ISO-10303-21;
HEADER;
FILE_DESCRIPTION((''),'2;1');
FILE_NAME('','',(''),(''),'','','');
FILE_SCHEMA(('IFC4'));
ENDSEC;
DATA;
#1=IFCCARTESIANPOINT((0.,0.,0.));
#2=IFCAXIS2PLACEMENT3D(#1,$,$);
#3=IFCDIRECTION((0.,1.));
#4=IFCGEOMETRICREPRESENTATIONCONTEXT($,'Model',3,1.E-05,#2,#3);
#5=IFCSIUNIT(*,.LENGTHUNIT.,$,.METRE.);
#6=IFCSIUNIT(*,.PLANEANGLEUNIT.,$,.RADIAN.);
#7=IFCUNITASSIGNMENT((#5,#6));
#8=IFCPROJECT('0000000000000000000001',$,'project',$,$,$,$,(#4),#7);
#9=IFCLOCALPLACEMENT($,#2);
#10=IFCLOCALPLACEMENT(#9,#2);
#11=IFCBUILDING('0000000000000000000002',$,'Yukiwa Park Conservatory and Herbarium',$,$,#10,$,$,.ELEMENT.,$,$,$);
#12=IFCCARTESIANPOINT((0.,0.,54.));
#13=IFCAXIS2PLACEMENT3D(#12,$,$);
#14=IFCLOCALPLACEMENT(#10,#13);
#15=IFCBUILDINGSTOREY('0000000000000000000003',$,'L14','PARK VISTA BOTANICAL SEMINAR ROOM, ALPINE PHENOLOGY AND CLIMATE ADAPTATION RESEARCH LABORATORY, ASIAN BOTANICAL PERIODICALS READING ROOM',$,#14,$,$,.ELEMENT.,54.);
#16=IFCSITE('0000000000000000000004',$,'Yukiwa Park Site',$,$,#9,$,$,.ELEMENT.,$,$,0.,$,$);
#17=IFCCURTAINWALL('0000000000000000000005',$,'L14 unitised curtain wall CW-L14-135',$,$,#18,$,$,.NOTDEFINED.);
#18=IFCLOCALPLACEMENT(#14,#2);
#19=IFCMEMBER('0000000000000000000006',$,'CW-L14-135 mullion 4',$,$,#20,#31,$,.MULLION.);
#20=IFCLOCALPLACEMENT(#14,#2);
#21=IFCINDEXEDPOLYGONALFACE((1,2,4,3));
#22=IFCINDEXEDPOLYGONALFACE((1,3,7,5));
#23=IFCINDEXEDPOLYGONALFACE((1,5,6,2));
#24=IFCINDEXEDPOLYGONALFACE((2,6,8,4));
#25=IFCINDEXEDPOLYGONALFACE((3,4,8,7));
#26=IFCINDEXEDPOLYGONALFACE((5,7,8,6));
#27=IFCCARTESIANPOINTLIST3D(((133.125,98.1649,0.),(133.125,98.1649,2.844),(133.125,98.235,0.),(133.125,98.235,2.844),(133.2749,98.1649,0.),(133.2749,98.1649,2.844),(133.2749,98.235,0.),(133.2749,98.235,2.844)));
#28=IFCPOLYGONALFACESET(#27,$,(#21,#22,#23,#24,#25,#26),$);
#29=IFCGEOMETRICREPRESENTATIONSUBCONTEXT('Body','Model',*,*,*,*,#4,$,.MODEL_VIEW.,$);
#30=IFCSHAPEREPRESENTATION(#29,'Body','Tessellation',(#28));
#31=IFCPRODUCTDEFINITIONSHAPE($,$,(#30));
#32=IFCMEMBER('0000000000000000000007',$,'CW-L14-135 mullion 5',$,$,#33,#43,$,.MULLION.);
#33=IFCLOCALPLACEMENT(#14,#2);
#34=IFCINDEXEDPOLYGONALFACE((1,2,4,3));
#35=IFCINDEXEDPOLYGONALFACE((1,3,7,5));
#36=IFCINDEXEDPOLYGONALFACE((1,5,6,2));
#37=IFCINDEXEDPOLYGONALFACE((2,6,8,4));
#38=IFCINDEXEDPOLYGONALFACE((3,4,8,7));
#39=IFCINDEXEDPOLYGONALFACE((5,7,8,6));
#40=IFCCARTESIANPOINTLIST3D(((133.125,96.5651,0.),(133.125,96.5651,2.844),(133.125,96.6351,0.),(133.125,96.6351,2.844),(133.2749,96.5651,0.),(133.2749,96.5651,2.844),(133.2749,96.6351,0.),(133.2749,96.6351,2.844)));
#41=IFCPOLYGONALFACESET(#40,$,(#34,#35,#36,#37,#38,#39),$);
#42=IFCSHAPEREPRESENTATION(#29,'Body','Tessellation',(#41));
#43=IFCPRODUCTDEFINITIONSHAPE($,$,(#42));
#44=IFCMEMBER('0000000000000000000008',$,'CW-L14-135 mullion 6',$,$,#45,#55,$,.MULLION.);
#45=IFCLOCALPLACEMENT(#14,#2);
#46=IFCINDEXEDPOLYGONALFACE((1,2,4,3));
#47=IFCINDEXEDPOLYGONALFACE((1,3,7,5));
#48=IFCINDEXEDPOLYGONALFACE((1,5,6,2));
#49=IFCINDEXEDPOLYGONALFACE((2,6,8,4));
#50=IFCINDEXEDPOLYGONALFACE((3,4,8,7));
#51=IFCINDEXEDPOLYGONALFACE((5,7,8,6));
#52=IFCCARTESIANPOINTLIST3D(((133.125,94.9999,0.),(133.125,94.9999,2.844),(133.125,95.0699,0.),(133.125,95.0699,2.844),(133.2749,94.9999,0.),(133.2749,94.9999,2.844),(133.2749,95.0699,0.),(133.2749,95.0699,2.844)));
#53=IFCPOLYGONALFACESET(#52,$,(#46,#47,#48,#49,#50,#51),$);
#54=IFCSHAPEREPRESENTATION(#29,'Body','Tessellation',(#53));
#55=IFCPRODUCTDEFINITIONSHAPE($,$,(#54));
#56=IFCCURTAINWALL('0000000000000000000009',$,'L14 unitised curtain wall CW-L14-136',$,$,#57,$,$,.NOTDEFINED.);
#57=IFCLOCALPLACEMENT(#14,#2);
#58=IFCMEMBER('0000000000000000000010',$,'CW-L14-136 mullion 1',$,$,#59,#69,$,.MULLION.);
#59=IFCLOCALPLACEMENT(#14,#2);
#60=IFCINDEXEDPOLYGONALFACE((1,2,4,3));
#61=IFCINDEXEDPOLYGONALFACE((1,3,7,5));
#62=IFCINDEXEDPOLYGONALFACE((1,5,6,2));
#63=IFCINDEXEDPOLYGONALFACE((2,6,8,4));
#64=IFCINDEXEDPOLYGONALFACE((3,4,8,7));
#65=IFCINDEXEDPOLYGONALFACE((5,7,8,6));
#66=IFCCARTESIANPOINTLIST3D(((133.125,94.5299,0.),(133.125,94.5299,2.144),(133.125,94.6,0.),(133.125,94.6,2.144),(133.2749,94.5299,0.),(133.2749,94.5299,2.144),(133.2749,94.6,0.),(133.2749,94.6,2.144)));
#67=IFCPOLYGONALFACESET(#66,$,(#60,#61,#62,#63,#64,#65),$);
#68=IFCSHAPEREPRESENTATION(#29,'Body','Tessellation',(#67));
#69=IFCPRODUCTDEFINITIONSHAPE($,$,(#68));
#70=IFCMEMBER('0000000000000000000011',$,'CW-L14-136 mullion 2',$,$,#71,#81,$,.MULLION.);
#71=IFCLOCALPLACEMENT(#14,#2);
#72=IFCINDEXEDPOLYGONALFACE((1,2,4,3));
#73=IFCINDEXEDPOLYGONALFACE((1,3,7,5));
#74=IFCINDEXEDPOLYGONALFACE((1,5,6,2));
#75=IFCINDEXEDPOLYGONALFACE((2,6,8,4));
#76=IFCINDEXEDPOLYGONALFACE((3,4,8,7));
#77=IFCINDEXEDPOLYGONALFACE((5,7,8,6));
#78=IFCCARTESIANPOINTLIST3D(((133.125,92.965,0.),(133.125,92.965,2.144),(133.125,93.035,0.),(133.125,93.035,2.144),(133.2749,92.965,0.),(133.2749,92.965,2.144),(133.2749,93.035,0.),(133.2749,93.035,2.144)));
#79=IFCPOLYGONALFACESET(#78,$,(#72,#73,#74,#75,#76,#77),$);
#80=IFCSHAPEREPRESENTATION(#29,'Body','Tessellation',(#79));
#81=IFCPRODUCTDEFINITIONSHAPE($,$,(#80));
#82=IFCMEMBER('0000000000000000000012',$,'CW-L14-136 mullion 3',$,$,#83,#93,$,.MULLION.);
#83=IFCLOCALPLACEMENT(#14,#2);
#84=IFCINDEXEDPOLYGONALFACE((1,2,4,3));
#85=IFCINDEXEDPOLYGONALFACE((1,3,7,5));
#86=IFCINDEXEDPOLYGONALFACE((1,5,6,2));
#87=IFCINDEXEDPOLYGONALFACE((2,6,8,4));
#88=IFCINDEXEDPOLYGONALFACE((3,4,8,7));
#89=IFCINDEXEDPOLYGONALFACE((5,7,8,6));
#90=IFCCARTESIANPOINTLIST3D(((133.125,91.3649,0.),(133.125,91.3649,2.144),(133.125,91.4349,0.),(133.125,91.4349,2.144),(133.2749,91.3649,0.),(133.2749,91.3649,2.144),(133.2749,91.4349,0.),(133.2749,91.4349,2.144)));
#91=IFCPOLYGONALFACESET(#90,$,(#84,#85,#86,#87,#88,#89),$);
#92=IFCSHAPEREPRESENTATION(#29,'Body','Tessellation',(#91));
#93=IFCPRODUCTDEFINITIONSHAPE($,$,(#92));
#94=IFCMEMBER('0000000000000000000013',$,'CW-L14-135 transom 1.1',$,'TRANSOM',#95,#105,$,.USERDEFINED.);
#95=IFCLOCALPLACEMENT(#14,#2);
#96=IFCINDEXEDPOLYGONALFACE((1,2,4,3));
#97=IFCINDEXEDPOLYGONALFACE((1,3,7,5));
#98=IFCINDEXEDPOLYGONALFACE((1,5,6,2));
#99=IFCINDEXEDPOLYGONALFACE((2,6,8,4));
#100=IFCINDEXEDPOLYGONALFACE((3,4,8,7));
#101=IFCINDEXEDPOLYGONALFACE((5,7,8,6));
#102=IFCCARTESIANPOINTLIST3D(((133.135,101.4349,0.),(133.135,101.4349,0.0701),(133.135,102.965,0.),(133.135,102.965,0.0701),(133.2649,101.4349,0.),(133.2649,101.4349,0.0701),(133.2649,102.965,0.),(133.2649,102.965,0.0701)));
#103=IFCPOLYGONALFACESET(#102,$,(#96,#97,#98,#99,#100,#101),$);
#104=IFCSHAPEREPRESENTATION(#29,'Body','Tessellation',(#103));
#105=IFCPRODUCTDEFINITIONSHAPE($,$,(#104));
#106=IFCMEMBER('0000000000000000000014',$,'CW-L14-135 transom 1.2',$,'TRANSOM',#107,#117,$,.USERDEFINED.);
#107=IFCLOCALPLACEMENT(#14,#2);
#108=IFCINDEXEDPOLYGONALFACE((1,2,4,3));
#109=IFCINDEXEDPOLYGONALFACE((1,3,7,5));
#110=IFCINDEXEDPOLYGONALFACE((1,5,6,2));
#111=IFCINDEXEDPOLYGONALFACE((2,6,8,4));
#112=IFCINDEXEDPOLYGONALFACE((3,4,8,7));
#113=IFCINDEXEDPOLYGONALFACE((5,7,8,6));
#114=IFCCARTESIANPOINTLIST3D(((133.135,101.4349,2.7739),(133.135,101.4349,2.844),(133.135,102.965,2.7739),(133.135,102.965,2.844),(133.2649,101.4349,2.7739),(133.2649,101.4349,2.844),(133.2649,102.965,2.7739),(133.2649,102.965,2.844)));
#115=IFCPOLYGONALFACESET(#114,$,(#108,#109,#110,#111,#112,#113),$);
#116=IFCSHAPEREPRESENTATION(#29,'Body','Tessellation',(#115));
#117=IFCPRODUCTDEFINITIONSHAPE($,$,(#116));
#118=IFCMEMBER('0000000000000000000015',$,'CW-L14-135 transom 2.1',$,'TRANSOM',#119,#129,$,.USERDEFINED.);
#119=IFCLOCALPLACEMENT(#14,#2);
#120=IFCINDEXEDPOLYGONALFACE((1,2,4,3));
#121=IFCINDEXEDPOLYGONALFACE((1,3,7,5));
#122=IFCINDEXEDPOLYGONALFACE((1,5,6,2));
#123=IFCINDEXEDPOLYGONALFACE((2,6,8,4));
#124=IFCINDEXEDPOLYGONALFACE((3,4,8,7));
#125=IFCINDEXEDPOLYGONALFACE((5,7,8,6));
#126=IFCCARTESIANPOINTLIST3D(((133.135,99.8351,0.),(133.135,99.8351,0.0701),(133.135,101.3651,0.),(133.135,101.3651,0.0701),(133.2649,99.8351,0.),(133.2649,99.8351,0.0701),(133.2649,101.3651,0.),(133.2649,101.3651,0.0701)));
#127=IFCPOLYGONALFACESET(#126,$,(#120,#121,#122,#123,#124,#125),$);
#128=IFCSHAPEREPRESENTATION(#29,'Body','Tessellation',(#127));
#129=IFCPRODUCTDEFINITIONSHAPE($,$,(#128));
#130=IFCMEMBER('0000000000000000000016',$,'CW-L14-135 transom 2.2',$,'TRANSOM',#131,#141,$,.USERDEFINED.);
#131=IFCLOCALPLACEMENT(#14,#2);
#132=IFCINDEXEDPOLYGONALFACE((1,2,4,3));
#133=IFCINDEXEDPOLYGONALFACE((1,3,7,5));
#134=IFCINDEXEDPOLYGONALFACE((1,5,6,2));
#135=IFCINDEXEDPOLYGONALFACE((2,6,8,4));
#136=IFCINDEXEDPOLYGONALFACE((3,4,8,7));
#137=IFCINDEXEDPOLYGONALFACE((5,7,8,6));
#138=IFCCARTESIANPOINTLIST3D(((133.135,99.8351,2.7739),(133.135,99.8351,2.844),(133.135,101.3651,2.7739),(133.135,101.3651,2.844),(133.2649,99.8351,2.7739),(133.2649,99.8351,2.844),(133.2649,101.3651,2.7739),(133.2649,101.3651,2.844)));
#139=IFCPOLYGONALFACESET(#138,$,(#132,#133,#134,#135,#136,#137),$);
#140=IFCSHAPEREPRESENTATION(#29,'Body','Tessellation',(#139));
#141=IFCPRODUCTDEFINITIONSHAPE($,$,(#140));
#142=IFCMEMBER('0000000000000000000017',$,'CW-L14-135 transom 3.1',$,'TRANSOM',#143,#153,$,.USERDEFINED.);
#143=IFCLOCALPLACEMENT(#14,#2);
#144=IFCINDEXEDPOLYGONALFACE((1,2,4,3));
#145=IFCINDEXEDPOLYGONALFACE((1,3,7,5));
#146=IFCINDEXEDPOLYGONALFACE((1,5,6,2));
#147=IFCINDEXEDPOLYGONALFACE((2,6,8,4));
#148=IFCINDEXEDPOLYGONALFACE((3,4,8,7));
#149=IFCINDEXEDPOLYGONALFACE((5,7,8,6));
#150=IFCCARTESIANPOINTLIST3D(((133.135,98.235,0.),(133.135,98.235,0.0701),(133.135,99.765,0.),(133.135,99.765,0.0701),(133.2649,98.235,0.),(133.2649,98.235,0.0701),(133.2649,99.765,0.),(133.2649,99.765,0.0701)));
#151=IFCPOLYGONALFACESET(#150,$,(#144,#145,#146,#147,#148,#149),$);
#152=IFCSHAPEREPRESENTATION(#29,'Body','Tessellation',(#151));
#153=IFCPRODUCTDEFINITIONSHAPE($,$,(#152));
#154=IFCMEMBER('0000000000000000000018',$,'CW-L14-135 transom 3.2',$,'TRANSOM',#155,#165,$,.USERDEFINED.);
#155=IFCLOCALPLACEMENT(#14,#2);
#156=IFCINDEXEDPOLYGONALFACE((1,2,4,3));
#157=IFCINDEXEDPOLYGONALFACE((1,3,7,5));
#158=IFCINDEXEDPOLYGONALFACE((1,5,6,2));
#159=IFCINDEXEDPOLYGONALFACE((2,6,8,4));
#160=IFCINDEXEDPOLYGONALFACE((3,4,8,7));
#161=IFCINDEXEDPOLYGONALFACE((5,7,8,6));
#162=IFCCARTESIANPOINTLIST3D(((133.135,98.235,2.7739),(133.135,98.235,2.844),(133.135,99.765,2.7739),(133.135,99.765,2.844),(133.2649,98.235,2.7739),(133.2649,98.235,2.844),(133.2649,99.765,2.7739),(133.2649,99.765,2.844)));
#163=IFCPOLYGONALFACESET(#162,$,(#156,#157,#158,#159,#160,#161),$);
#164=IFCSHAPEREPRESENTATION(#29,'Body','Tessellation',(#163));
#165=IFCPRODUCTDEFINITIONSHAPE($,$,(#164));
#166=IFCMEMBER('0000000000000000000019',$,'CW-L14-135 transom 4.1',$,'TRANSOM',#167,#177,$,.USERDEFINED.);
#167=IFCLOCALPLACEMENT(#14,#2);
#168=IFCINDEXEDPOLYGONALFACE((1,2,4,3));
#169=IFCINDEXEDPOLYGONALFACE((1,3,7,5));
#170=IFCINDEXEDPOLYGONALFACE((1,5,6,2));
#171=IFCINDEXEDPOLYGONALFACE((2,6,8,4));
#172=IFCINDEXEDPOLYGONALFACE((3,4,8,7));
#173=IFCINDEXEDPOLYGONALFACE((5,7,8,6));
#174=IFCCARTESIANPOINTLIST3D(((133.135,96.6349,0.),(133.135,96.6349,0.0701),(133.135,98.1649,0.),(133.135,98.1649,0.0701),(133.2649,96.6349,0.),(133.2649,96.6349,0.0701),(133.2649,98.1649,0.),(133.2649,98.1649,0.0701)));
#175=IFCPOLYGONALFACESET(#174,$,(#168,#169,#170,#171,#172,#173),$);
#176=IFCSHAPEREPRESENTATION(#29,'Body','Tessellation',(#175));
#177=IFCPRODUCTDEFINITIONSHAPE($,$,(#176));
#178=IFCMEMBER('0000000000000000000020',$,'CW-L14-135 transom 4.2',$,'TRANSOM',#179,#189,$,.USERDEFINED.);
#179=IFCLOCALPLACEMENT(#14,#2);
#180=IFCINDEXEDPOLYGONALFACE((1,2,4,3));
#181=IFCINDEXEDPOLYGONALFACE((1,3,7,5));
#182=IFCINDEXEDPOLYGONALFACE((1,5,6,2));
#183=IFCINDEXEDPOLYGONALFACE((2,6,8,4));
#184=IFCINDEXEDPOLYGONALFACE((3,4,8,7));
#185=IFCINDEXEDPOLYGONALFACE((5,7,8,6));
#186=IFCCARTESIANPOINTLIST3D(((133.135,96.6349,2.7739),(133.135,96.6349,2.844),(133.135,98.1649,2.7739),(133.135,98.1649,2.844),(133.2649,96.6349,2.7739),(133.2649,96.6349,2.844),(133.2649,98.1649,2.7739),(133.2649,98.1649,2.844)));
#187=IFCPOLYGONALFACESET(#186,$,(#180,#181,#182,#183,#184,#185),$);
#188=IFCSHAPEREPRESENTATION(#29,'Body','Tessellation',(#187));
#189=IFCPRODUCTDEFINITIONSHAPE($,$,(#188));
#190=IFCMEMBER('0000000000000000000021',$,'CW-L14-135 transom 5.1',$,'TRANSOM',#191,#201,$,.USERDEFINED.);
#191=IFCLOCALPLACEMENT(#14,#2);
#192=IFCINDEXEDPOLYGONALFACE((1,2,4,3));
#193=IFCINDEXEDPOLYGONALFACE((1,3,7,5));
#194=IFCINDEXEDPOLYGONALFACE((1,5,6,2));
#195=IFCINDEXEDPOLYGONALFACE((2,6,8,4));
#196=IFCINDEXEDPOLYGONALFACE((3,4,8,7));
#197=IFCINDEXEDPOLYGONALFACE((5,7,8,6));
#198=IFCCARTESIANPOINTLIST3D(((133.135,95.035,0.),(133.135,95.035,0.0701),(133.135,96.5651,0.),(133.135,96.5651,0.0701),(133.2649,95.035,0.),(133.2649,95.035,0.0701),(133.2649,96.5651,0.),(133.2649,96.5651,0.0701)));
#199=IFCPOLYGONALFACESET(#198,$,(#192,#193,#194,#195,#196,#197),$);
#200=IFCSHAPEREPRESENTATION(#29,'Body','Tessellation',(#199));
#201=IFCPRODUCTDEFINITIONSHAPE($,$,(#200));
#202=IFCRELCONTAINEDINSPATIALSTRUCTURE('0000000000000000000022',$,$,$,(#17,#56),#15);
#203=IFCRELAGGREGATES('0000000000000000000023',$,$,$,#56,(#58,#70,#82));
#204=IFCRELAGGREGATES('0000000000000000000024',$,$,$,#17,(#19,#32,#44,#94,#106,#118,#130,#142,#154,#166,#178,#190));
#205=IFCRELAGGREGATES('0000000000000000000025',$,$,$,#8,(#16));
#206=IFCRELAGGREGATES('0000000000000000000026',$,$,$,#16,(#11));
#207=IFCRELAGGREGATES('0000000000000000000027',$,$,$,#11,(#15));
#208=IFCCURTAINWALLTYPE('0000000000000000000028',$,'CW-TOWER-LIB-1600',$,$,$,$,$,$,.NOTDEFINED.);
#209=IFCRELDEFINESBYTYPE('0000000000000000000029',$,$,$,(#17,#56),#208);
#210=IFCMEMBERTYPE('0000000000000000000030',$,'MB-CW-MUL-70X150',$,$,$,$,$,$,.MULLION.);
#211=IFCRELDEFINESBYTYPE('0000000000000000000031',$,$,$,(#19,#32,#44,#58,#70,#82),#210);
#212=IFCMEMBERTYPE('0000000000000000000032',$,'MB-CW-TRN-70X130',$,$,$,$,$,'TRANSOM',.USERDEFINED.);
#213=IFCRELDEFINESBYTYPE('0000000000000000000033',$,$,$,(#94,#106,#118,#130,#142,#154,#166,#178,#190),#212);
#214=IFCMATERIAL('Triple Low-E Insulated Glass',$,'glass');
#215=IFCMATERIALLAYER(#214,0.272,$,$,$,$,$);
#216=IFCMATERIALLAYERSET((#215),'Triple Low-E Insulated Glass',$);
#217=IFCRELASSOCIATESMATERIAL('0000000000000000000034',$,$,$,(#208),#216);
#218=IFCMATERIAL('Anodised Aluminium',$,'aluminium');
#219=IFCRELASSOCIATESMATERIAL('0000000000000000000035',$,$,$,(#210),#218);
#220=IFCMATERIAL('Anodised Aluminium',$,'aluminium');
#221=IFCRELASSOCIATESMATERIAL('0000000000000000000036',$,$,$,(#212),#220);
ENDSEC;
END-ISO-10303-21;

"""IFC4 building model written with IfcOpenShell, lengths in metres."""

from ifc_helpers import new_model, si_unit, direction, frame, origin, origin_2d, place, context, subcontext, project, spatial, rectangle, extrude, material, layer, layer_set, type_object, element, aggregate, save


model = new_model("IFC4")

# Units and contexts
model_context = context("Model", 3, precision=1e-05, world=origin(), true_north=direction((0.0, 1.0)))
body_context = subcontext(model_context, "Body", "Model", "MODEL_VIEW")
ifc_project = project(units=[si_unit("LENGTHUNIT", "METRE"), si_unit("PLANEANGLEUNIT", "RADIAN")], contexts=[model_context])

# Site, building, storey
site_placement = place(None, origin())
site = spatial("IfcSite", under=ifc_project, at=site_placement, Name="Yukiwa Park Site", CompositionType="ELEMENT", RefElevation=0.0)
building_placement = place(site_placement, origin())
building = spatial("IfcBuilding", under=site, at=building_placement, Name="Yukiwa Park Conservatory and Herbarium", CompositionType="ELEMENT")
storey_placement = place(building_placement, frame((0.0, 0.0, 54.0)))
storey = spatial("IfcBuildingStorey", under=building, at=storey_placement, Name="L14", Description="PARK VISTA BOTANICAL SEMINAR ROOM, ALPINE PHENOLOGY AND CLIMATE ADAPTATION RESEARCH LABORATORY, ASIAN BOTANICAL PERIODICALS READING ROOM", CompositionType="ELEMENT", Elevation=54.0)

# Curtain walls, members
ifc_material_1 = material(Name="Triple Low-E Insulated Glass", Category="glass")
ifc_layer_1 = layer(ifc_material_1, 0.272)
ifc_layer_set_1 = layer_set([ifc_layer_1], Name="Triple Low-E Insulated Glass")
curtain_wall_type = type_object("IfcCurtainWallType", Name="CW-TOWER-LIB-1600", PredefinedType="NOTDEFINED", material=ifc_layer_set_1)
curtain_wall_1_placement = place(storey_placement, origin())
curtain_wall_1 = element("IfcCurtainWall", 1, at=curtain_wall_1_placement, inside=storey, type_object=curtain_wall_type, Name="L14 unitised curtain wall CW-L14-135", PredefinedType="NOTDEFINED")
ifc_material_2 = material(Name="Anodised Aluminium", Category="aluminium")
member_type_1 = type_object("IfcMemberType", Name="MB-CW-MUL-70X150", PredefinedType="MULLION", material=ifc_material_2)
member_1_placement = place(storey_placement, frame((133.2, 98.2, 0.0), z_axis=(0.0, 0.0, 1.0), x_axis=(0.0, -1.0, 0.0)))
member_1 = element("IfcMember", 2, at=member_1_placement, type_object=member_type_1, Name="CW-L14-135 mullion 4", PredefinedType="MULLION", context=body_context, shape_type="SweptSolid", body=[
    extrude(rectangle(XDim=0.0701, YDim=0.1499, at=origin_2d()), origin(), (0.0, 0.0, 1.0), 2.844),
])
member_2_placement = place(storey_placement, frame((133.2, 96.6001, 0.0), z_axis=(0.0, 0.0, 1.0), x_axis=(0.0, -1.0, 0.0)))
member_2 = element("IfcMember", 3, at=member_2_placement, type_object=member_type_1, Name="CW-L14-135 mullion 5", PredefinedType="MULLION", context=body_context, shape_type="SweptSolid", body=[
    extrude(rectangle(XDim=0.0701, YDim=0.1499, at=origin_2d()), origin(), (0.0, 0.0, 1.0), 2.844),
])
member_3_placement = place(storey_placement, frame((133.2, 95.0349, 0.0), z_axis=(0.0, 0.0, 1.0), x_axis=(0.0, -1.0, 0.0)))
member_3 = element("IfcMember", 4, at=member_3_placement, type_object=member_type_1, Name="CW-L14-135 mullion 6", PredefinedType="MULLION", context=body_context, shape_type="SweptSolid", body=[
    extrude(rectangle(XDim=0.0701, YDim=0.1499, at=origin_2d()), origin(), (0.0, 0.0, 1.0), 2.844),
])
curtain_wall_2_placement = place(storey_placement, origin())
curtain_wall_2 = element("IfcCurtainWall", 5, at=curtain_wall_2_placement, inside=storey, type_object=curtain_wall_type, Name="L14 unitised curtain wall CW-L14-136", PredefinedType="NOTDEFINED")
member_4_placement = place(storey_placement, frame((133.2, 94.5649, 0.0), z_axis=(0.0, 0.0, 1.0), x_axis=(0.0, -1.0, 0.0)))
member_4 = element("IfcMember", 6, at=member_4_placement, type_object=member_type_1, Name="CW-L14-136 mullion 1", PredefinedType="MULLION", context=body_context, shape_type="SweptSolid", body=[
    extrude(rectangle(XDim=0.0701, YDim=0.1499, at=origin_2d()), origin(), (0.0, 0.0, 1.0), 2.144),
])
member_5_placement = place(storey_placement, frame((133.2, 93.0, 0.0), z_axis=(0.0, 0.0, 1.0), x_axis=(0.0, -1.0, 0.0)))
member_5 = element("IfcMember", 7, at=member_5_placement, type_object=member_type_1, Name="CW-L14-136 mullion 2", PredefinedType="MULLION", context=body_context, shape_type="SweptSolid", body=[
    extrude(rectangle(XDim=0.0701, YDim=0.1499, at=origin_2d()), origin(), (0.0, 0.0, 1.0), 2.144),
])
member_6_placement = place(storey_placement, frame((133.2, 91.3999, 0.0), z_axis=(0.0, 0.0, 1.0), x_axis=(0.0, -1.0, 0.0)))
member_6 = element("IfcMember", 8, at=member_6_placement, type_object=member_type_1, Name="CW-L14-136 mullion 3", PredefinedType="MULLION", context=body_context, shape_type="SweptSolid", body=[
    extrude(rectangle(XDim=0.0701, YDim=0.1499, at=origin_2d()), origin(), (0.0, 0.0, 1.0), 2.144),
])
aggregate(curtain_wall_2, [member_4, member_5, member_6])

# Members
ifc_material_3 = material(Name="Anodised Aluminium", Category="aluminium")
member_type_2 = type_object("IfcMemberType", Name="MB-CW-TRN-70X130", ElementType="TRANSOM", PredefinedType="USERDEFINED", material=ifc_material_3)
member_7_placement = place(storey_placement, frame((133.2, 102.2, 0.0), z_axis=(0.0, 0.0, 1.0), x_axis=(0.0, -1.0, 0.0)))
member_7 = element("IfcMember", 9, at=member_7_placement, type_object=member_type_2, Name="CW-L14-135 transom 1.1", ObjectType="TRANSOM", PredefinedType="USERDEFINED", context=body_context, shape_type="SweptSolid", body=[
    extrude(rectangle(XDim=1.53, YDim=0.1299, at=origin_2d()), origin(), (0.0, 0.0, 1.0), 0.0701),
])
member_8_placement = place(storey_placement, frame((133.2, 102.2, 2.7739), z_axis=(0.0, 0.0, 1.0), x_axis=(0.0, -1.0, 0.0)))
member_8 = element("IfcMember", 10, at=member_8_placement, type_object=member_type_2, Name="CW-L14-135 transom 1.2", ObjectType="TRANSOM", PredefinedType="USERDEFINED", context=body_context, shape_type="SweptSolid", body=[
    extrude(rectangle(XDim=1.53, YDim=0.1299, at=origin_2d()), origin(), (0.0, 0.0, 1.0), 0.0701),
])
member_9_placement = place(storey_placement, frame((133.2, 100.6001, 0.0), z_axis=(0.0, 0.0, 1.0), x_axis=(0.0, -1.0, 0.0)))
member_9 = element("IfcMember", 11, at=member_9_placement, type_object=member_type_2, Name="CW-L14-135 transom 2.1", ObjectType="TRANSOM", PredefinedType="USERDEFINED", context=body_context, shape_type="SweptSolid", body=[
    extrude(rectangle(XDim=1.53, YDim=0.1299, at=origin_2d()), origin(), (0.0, 0.0, 1.0), 0.0701),
])
member_10_placement = place(storey_placement, frame((133.2, 100.6001, 2.7739), z_axis=(0.0, 0.0, 1.0), x_axis=(0.0, -1.0, 0.0)))
member_10 = element("IfcMember", 12, at=member_10_placement, type_object=member_type_2, Name="CW-L14-135 transom 2.2", ObjectType="TRANSOM", PredefinedType="USERDEFINED", context=body_context, shape_type="SweptSolid", body=[
    extrude(rectangle(XDim=1.53, YDim=0.1299, at=origin_2d()), origin(), (0.0, 0.0, 1.0), 0.0701),
])
member_11_placement = place(storey_placement, frame((133.2, 99.0, 0.0), z_axis=(0.0, 0.0, 1.0), x_axis=(0.0, -1.0, 0.0)))
member_11 = element("IfcMember", 13, at=member_11_placement, type_object=member_type_2, Name="CW-L14-135 transom 3.1", ObjectType="TRANSOM", PredefinedType="USERDEFINED", context=body_context, shape_type="SweptSolid", body=[
    extrude(rectangle(XDim=1.53, YDim=0.1299, at=origin_2d()), origin(), (0.0, 0.0, 1.0), 0.0701),
])
member_12_placement = place(storey_placement, frame((133.2, 99.0, 2.7739), z_axis=(0.0, 0.0, 1.0), x_axis=(0.0, -1.0, 0.0)))
member_12 = element("IfcMember", 14, at=member_12_placement, type_object=member_type_2, Name="CW-L14-135 transom 3.2", ObjectType="TRANSOM", PredefinedType="USERDEFINED", context=body_context, shape_type="SweptSolid", body=[
    extrude(rectangle(XDim=1.53, YDim=0.1299, at=origin_2d()), origin(), (0.0, 0.0, 1.0), 0.0701),
])
member_13_placement = place(storey_placement, frame((133.2, 97.3999, 0.0), z_axis=(0.0, 0.0, 1.0), x_axis=(0.0, -1.0, 0.0)))
member_13 = element("IfcMember", 15, at=member_13_placement, type_object=member_type_2, Name="CW-L14-135 transom 4.1", ObjectType="TRANSOM", PredefinedType="USERDEFINED", context=body_context, shape_type="SweptSolid", body=[
    extrude(rectangle(XDim=1.53, YDim=0.1299, at=origin_2d()), origin(), (0.0, 0.0, 1.0), 0.0701),
])
member_14_placement = place(storey_placement, frame((133.2, 97.3999, 2.7739), z_axis=(0.0, 0.0, 1.0), x_axis=(0.0, -1.0, 0.0)))
member_14 = element("IfcMember", 16, at=member_14_placement, type_object=member_type_2, Name="CW-L14-135 transom 4.2", ObjectType="TRANSOM", PredefinedType="USERDEFINED", context=body_context, shape_type="SweptSolid", body=[
    extrude(rectangle(XDim=1.53, YDim=0.1299, at=origin_2d()), origin(), (0.0, 0.0, 1.0), 0.0701),
])
member_15_placement = place(storey_placement, frame((133.2, 95.8, 0.0), z_axis=(0.0, 0.0, 1.0), x_axis=(0.0, -1.0, 0.0)))
member_15 = element("IfcMember", 17, at=member_15_placement, type_object=member_type_2, Name="CW-L14-135 transom 5.1", ObjectType="TRANSOM", PredefinedType="USERDEFINED", context=body_context, shape_type="SweptSolid", body=[
    extrude(rectangle(XDim=1.53, YDim=0.1299, at=origin_2d()), origin(), (0.0, 0.0, 1.0), 0.0701),
])

aggregate(curtain_wall_1, [member_1, member_2, member_3, member_7, member_8, member_9, member_10, member_11, member_12, member_13, member_14, member_15])

save(model, "model.ifc")
